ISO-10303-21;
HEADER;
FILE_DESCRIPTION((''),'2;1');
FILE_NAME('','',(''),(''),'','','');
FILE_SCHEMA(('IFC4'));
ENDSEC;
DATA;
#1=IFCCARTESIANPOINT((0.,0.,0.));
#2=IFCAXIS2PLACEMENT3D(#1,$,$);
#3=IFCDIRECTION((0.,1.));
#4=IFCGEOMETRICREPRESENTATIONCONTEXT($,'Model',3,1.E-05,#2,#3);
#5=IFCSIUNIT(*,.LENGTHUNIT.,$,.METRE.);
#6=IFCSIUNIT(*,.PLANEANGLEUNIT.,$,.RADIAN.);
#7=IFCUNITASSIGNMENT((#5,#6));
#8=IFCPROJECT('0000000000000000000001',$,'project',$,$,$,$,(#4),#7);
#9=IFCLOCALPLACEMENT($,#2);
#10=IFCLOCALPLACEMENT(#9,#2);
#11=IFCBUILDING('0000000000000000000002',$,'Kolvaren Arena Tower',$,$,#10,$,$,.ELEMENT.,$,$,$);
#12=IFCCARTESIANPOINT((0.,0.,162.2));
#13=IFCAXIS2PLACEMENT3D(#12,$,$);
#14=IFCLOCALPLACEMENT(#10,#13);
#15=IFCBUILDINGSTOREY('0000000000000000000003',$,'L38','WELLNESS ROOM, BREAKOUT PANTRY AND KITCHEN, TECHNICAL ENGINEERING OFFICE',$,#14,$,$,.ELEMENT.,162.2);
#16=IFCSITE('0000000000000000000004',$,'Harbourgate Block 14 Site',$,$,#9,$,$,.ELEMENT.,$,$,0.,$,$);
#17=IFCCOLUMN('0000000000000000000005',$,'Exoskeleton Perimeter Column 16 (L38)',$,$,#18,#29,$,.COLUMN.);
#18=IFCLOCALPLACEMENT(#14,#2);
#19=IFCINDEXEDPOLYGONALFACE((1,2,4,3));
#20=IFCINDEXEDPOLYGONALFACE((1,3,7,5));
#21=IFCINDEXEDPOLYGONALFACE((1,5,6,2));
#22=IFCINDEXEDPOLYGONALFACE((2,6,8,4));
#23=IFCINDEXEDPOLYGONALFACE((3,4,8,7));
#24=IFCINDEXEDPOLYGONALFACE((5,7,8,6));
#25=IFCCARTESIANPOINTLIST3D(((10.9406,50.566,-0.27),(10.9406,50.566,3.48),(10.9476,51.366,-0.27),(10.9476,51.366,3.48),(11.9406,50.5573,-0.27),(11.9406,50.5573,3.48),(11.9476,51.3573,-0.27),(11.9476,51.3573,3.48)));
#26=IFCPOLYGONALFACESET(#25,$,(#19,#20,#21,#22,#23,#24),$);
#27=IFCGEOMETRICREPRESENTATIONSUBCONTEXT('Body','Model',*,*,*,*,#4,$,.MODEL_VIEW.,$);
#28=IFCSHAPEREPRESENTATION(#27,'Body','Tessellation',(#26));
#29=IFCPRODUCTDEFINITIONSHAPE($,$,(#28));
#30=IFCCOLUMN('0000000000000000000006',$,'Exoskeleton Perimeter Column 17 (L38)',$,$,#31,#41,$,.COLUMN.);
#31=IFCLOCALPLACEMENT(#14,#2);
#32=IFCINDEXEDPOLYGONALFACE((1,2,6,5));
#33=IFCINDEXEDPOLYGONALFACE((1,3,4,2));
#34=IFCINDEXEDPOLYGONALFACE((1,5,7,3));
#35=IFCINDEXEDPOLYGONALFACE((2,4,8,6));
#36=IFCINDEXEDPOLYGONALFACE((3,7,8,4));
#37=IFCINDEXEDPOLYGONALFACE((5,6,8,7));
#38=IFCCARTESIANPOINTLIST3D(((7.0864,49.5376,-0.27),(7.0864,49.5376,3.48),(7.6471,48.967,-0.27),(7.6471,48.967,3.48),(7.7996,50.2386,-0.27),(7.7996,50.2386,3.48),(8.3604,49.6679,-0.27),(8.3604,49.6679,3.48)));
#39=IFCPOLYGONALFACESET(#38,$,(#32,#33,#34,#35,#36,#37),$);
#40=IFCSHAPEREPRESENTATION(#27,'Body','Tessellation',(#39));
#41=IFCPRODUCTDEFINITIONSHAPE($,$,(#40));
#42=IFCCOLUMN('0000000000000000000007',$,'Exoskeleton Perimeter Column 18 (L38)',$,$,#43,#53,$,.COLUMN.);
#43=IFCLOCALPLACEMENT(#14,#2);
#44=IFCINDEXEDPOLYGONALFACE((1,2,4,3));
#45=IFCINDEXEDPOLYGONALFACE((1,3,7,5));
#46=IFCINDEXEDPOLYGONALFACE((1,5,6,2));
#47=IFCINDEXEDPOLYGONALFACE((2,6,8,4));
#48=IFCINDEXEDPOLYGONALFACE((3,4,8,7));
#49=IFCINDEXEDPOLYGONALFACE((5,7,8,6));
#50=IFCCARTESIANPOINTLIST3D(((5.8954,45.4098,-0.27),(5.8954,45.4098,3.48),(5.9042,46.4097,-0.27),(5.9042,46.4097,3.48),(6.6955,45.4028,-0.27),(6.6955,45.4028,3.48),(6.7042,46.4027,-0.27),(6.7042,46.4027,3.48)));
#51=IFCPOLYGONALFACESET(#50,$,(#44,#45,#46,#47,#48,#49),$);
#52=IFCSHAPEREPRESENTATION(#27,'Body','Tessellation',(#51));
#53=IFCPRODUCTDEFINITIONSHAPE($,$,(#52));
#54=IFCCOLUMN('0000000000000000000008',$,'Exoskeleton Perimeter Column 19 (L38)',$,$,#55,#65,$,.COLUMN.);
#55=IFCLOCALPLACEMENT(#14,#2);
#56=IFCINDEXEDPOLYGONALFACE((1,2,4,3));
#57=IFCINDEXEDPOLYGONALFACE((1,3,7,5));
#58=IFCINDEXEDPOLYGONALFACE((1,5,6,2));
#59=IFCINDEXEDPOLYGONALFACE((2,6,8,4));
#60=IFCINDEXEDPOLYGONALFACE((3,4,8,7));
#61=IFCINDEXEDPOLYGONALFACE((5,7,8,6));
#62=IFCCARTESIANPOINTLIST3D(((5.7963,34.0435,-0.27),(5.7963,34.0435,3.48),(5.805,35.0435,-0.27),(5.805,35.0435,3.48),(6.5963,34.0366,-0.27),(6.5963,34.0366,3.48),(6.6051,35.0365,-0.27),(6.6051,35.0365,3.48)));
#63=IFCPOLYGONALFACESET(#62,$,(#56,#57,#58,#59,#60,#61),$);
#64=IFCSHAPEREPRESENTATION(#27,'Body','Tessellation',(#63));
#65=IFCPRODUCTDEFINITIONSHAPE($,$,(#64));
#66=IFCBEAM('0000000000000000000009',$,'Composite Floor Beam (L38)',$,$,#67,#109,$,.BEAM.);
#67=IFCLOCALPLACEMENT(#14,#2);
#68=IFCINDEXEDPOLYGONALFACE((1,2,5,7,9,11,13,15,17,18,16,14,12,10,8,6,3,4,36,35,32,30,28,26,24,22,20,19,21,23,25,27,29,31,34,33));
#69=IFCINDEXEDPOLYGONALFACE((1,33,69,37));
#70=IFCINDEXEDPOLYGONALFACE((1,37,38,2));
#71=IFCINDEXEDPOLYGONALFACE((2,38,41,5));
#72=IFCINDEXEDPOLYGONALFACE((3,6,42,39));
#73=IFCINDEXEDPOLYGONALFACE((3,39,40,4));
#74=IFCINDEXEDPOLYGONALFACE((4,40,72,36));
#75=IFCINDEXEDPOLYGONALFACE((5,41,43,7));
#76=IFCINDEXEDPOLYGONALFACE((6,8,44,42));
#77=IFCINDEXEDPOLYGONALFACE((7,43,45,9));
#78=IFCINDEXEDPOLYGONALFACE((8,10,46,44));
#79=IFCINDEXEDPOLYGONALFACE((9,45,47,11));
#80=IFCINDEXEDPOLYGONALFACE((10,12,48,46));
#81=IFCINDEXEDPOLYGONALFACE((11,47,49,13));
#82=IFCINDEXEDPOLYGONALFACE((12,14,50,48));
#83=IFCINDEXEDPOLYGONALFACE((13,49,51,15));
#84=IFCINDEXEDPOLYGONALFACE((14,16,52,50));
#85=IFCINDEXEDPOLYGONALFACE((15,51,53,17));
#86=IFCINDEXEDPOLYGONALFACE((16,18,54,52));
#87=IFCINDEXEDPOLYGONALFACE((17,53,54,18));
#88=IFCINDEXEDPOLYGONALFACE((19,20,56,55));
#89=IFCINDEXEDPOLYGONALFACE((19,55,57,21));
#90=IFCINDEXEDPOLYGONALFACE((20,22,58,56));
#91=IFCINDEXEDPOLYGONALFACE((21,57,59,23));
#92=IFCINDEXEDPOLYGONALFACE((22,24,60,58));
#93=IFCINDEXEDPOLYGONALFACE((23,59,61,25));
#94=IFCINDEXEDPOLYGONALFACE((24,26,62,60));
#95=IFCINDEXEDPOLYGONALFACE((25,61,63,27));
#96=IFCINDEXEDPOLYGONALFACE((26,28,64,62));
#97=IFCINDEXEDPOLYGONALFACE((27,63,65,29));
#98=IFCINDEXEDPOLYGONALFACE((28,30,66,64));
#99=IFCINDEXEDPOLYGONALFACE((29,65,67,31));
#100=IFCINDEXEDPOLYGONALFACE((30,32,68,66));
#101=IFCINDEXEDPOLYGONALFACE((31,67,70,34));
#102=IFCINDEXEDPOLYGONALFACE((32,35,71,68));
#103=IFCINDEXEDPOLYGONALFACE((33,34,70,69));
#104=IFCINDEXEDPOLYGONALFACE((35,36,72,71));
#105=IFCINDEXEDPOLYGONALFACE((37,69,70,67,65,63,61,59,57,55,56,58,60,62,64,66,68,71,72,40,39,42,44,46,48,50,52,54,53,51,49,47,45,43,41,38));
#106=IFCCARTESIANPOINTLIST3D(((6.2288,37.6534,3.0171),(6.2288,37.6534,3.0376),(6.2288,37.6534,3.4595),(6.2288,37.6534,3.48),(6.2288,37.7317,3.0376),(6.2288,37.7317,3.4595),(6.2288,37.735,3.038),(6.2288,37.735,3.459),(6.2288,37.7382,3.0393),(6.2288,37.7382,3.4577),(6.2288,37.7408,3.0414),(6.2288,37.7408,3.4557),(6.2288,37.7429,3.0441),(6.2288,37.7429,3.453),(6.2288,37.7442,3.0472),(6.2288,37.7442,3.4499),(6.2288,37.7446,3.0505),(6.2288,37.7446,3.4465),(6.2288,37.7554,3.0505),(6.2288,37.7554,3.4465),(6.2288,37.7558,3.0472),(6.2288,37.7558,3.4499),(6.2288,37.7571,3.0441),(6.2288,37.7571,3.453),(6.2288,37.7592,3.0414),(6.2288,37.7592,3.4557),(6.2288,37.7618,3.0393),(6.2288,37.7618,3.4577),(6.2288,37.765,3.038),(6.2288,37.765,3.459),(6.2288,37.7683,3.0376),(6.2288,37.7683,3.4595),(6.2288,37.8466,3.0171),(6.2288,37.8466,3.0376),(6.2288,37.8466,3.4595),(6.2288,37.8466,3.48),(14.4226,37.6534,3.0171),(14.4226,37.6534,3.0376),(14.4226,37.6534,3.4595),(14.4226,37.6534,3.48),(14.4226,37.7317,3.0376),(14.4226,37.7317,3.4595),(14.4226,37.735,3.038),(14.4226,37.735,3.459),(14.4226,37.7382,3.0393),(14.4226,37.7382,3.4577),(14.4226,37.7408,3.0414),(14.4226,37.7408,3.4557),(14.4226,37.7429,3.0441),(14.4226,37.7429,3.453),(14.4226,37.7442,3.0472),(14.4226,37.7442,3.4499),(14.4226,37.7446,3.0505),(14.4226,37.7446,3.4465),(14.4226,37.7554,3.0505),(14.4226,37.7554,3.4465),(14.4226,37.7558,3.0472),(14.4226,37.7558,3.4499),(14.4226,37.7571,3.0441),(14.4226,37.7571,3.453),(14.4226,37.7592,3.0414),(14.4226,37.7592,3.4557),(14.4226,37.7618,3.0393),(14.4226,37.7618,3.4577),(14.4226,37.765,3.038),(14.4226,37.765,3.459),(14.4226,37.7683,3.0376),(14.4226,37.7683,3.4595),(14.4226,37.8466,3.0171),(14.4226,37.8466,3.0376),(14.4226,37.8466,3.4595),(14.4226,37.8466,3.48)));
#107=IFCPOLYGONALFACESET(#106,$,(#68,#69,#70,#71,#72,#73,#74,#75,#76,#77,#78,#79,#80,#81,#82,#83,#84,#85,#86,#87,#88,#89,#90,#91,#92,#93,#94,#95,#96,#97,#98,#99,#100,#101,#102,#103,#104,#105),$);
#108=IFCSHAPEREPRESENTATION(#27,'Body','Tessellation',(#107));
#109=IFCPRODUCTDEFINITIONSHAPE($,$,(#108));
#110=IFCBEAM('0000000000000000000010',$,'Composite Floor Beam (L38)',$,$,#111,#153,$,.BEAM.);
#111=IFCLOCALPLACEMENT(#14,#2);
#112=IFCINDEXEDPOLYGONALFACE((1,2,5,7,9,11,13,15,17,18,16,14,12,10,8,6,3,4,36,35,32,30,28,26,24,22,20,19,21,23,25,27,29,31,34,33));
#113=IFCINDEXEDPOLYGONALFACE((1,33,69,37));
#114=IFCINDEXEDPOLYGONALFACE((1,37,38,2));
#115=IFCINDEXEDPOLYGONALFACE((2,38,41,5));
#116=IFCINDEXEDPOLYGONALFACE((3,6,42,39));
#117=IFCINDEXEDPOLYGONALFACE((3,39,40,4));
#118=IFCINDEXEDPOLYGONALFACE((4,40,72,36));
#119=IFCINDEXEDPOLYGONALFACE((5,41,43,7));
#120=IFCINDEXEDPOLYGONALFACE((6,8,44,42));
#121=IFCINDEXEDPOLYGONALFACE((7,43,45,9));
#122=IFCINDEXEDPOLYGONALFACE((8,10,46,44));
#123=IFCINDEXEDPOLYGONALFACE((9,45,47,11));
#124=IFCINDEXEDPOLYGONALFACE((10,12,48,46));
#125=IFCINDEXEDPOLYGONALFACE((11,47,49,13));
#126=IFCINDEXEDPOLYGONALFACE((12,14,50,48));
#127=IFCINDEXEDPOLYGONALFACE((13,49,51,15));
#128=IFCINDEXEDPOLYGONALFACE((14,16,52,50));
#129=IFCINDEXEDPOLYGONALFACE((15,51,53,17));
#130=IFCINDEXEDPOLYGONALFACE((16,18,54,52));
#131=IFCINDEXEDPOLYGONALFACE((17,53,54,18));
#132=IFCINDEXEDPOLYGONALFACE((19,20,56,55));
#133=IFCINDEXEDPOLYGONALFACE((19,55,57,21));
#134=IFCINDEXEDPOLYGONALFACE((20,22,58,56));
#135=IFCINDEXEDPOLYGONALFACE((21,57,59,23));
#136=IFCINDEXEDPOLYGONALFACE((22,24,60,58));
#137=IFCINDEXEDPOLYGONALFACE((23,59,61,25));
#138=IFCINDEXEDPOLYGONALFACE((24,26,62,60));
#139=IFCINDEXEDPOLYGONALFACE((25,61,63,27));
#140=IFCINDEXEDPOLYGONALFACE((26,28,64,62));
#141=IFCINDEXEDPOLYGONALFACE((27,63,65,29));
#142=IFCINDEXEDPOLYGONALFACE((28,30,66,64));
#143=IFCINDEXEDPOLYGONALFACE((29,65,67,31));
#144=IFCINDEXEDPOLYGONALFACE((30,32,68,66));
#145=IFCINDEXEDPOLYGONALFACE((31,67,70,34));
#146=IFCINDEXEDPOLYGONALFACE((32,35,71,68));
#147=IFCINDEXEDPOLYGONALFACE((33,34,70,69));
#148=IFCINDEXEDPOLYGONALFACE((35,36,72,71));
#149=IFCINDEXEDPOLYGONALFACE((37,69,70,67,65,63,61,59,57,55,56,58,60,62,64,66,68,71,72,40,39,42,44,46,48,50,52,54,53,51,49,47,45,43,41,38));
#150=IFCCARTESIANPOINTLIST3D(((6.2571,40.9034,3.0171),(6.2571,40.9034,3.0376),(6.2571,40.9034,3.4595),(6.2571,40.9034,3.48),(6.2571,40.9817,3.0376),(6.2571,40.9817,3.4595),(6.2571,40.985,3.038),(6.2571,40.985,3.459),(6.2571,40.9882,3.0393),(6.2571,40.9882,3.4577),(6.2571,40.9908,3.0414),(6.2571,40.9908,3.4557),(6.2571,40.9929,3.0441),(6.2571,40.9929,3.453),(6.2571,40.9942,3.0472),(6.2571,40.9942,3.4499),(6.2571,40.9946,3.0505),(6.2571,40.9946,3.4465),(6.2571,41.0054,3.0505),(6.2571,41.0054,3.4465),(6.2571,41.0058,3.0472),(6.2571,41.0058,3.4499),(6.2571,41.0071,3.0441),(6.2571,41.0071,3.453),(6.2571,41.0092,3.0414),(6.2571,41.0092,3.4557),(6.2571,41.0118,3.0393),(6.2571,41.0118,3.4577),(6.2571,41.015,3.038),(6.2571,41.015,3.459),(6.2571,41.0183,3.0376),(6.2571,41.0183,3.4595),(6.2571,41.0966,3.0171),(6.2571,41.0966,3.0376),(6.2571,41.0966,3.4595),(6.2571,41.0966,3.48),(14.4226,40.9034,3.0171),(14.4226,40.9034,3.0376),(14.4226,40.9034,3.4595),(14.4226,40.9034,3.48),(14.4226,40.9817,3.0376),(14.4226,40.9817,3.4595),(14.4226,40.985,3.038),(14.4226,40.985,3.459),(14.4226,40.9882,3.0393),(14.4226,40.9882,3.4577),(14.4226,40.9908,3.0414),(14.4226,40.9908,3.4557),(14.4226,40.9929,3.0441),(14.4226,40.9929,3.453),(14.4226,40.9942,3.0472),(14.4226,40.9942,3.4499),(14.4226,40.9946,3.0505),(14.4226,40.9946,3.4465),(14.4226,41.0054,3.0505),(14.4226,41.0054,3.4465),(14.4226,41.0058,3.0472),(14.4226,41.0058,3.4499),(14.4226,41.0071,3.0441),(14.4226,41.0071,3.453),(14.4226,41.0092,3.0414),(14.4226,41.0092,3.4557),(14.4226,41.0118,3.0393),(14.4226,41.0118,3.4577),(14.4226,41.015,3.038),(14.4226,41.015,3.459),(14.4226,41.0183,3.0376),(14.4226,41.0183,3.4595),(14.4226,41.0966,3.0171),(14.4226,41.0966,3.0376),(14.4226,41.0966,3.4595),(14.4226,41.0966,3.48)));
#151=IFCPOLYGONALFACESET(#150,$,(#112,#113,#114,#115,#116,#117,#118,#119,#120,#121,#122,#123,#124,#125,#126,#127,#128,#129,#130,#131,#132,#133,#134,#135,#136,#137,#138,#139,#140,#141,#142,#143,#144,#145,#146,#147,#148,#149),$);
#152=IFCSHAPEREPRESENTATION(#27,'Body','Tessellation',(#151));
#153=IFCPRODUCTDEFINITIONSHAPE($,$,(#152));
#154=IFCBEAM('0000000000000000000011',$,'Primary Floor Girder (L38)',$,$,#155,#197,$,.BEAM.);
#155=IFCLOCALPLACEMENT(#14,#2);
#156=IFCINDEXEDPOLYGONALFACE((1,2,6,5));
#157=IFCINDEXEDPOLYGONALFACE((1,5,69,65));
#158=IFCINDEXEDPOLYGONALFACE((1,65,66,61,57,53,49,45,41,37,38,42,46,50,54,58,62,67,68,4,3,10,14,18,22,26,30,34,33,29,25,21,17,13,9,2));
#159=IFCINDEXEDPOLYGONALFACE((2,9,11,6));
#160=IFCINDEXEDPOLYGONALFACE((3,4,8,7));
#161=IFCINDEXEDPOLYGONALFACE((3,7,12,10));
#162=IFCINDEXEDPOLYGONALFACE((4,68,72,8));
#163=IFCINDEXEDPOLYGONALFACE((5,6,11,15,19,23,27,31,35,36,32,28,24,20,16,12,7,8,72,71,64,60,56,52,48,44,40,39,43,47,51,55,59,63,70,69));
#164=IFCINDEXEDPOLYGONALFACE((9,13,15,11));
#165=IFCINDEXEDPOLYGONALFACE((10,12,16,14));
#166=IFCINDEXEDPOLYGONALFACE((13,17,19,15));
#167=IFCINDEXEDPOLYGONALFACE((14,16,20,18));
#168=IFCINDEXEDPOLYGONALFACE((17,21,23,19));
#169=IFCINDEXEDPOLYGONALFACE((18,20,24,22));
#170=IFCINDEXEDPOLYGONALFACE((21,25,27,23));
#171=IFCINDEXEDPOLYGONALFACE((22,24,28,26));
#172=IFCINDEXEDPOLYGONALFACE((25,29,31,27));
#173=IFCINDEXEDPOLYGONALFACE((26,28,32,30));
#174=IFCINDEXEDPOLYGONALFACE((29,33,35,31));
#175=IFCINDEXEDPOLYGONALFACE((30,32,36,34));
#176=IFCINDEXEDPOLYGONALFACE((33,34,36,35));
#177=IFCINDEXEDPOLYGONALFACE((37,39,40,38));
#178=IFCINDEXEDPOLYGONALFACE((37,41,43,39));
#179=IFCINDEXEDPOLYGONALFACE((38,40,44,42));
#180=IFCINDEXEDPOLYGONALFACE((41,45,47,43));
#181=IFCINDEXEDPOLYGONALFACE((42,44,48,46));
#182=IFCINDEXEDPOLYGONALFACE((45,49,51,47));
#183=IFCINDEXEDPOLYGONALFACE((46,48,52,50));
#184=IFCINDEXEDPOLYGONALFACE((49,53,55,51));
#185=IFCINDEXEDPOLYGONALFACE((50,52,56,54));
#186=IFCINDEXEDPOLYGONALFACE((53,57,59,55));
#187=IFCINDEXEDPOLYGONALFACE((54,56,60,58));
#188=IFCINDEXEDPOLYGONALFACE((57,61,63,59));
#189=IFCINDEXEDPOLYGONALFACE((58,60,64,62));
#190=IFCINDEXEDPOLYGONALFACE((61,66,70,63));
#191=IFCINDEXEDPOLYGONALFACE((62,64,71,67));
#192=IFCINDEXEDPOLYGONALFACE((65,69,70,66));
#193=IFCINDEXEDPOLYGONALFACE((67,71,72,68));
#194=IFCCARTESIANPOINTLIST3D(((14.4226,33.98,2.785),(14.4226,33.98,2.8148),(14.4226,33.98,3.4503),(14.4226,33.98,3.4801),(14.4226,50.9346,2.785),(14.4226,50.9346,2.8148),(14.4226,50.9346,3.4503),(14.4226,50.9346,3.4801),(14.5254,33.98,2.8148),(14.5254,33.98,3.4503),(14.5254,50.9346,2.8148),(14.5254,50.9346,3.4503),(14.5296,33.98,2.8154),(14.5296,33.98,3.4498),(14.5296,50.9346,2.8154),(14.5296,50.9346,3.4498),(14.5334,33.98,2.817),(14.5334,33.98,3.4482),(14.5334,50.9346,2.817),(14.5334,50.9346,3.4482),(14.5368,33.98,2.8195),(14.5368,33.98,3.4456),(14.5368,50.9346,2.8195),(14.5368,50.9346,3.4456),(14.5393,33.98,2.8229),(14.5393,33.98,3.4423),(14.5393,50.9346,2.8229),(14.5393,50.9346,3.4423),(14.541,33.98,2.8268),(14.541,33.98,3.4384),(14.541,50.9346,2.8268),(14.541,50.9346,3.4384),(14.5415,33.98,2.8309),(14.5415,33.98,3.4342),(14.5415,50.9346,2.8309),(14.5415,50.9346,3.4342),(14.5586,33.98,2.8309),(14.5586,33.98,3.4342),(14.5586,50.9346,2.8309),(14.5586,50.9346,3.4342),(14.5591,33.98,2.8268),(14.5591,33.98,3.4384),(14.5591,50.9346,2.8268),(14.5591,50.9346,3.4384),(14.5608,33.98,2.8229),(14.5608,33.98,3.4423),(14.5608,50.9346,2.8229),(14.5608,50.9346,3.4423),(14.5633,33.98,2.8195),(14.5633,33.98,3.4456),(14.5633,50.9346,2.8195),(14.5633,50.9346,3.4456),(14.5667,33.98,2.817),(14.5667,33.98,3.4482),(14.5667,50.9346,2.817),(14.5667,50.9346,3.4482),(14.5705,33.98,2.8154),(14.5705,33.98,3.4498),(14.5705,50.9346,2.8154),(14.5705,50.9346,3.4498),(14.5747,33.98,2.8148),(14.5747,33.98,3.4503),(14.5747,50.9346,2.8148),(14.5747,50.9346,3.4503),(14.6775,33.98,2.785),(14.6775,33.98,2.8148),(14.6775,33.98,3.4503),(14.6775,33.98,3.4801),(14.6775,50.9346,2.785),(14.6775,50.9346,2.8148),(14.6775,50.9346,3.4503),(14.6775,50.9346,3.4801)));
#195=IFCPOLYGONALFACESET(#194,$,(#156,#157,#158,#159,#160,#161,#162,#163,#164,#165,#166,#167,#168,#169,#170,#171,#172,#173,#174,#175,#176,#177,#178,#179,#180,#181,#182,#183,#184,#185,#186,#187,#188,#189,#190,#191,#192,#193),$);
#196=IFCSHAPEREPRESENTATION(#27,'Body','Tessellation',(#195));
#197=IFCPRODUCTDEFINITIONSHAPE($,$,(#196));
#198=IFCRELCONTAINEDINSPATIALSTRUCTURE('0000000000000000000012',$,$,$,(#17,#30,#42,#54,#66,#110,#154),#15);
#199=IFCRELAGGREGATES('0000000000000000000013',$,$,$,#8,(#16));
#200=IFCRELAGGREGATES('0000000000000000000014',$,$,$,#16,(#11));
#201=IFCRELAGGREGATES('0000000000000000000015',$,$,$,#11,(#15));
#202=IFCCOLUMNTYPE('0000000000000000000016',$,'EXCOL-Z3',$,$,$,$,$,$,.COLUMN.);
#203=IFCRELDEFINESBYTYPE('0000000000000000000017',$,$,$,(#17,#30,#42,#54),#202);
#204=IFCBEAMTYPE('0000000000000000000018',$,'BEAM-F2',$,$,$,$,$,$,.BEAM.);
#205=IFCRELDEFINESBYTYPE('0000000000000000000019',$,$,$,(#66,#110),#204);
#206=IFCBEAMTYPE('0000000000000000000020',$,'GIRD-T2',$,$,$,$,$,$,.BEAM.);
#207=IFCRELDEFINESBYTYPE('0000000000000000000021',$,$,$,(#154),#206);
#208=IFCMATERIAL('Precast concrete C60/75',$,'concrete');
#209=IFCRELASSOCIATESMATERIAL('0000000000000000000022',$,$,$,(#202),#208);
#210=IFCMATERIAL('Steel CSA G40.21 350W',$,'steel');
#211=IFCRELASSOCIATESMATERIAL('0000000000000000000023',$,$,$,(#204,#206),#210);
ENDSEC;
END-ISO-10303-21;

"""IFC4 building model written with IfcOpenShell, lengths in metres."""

from ifc_helpers import new_model, si_unit, direction, frame, origin, origin_2d, place, context, subcontext, project, spatial, rectangle, i_section, extrude, material, material_profile, profile_set, type_object, element, save


model = new_model("IFC4")

# Units and contexts
model_context = context("Model", 3, precision=1e-05, world=origin(), true_north=direction((0.0, 1.0)))
body_context = subcontext(model_context, "Body", "Model", "MODEL_VIEW")
ifc_project = project(units=[si_unit("LENGTHUNIT", "METRE"), si_unit("PLANEANGLEUNIT", "RADIAN")], contexts=[model_context])

# Site, building, storey
site_placement = place(None, origin())
site = spatial("IfcSite", under=ifc_project, at=site_placement, Name="Harbourgate Block 14 Site", CompositionType="ELEMENT", RefElevation=0.0)
building_placement = place(site_placement, origin())
building = spatial("IfcBuilding", under=site, at=building_placement, Name="Kolvaren Arena Tower", CompositionType="ELEMENT")
storey_placement = place(building_placement, frame((0.0, 0.0, 162.2)))
storey = spatial("IfcBuildingStorey", under=building, at=storey_placement, Name="L38", Description="WELLNESS ROOM, BREAKOUT PANTRY AND KITCHEN, TECHNICAL ENGINEERING OFFICE", CompositionType="ELEMENT", Elevation=162.2)

# Columns
ifc_material_1 = material(Name="Precast concrete C60/75", Category="concrete")
ifc_material_profile_1 = material_profile(ifc_material_1, rectangle(XDim=1.0, YDim=0.8, at=origin_2d()), Name="RC-1000x800")
ifc_profile_set_1 = profile_set([ifc_material_profile_1], Name="Precast concrete C60/75")
column_type = type_object("IfcColumnType", Name="EXCOL-Z3", PredefinedType="COLUMN", material=ifc_profile_set_1)
for number, where, z_axis, x_axis, name in (
    (1, (11.4441, 50.9617, -0.27), (0.0, 0.0, 1.0), (0.999962, -0.008727, 0.0), "Exoskeleton Perimeter Column 16 (L38)"),
    (2, (7.7234, 49.6028, -0.27), (0.0, 0.0, 1.0), (0.71325, 0.700909, 0.0), "Exoskeleton Perimeter Column 17 (L38)"),
    (3, (6.2998, 45.9062, -0.27), (0.0, 0.0, 1.0), (0.008727, 0.999962, 0.0), "Exoskeleton Perimeter Column 18 (L38)"),
    (4, (6.2007, 34.54, -0.27), (0.0, 0.0, 1.0), (0.008727, 0.999962, 0.0), "Exoskeleton Perimeter Column 19 (L38)"),
):
    element("IfcColumn", number, at=place(storey_placement, frame(where, z_axis=z_axis, x_axis=x_axis)), inside=storey, type_object=column_type, Name=name, PredefinedType="COLUMN", context=body_context, shape_type="SweptSolid", body=[
        extrude(rectangle(XDim=1.0, YDim=0.8, at=origin_2d()), origin(), (0.0, 0.0, 1.0), 3.75),
    ])

# Beams
ifc_material_2 = material(Name="Steel CSA G40.21 350W", Category="steel")
ifc_material_profile_2 = material_profile(ifc_material_2, i_section(OverallWidth=0.1931, OverallDepth=0.4629, WebThickness=0.0107, FlangeThickness=0.0205, FilletRadius=0.0129, at=origin_2d()), Name="W460x113")
ifc_profile_set_2 = profile_set([ifc_material_profile_2], Name="Steel CSA G40.21 350W")
beam_type_1 = type_object("IfcBeamType", Name="BEAM-F2", PredefinedType="BEAM", material=ifc_profile_set_2)
beam_1_placement = place(storey_placement, frame((6.2288, 37.75, 3.2485), z_axis=(1.0, 0.0, 0.0), x_axis=(0.0, 1.0, 0.0)))
element("IfcBeam", 5, at=beam_1_placement, inside=storey, type_object=beam_type_1, Name="Composite Floor Beam (L38)", PredefinedType="BEAM", context=body_context, shape_type="SweptSolid", body=[
    extrude(i_section(OverallWidth=0.1931, OverallDepth=0.4629, WebThickness=0.0107, FlangeThickness=0.0205, FilletRadius=0.0129, at=origin_2d()), origin(), (0.0, 0.0, 1.0), 8.1938),
])
beam_2_placement = place(storey_placement, frame((6.2571, 41.0, 3.2485), z_axis=(1.0, 0.0, 0.0), x_axis=(0.0, 1.0, 0.0)))
element("IfcBeam", 6, at=beam_2_placement, inside=storey, type_object=beam_type_1, Name="Composite Floor Beam (L38)", PredefinedType="BEAM", context=body_context, shape_type="SweptSolid", body=[
    extrude(i_section(OverallWidth=0.1931, OverallDepth=0.4629, WebThickness=0.0107, FlangeThickness=0.0205, FilletRadius=0.0129, at=origin_2d()), origin(), (0.0, 0.0, 1.0), 8.1655),
])
ifc_material_profile_3 = material_profile(ifc_material_2, i_section(OverallWidth=0.2549, OverallDepth=0.6951, WebThickness=0.0171, FlangeThickness=0.0298, FilletRadius=0.0161, at=origin_2d()), Name="W690x217")
ifc_profile_set_3 = profile_set([ifc_material_profile_3], Name="Steel CSA G40.21 350W")
beam_type_2 = type_object("IfcBeamType", Name="GIRD-T2", PredefinedType="BEAM", material=ifc_profile_set_3)
beam_3_placement = place(storey_placement, frame((14.55, 33.98, 3.1326), z_axis=(0.0, 1.0, 0.0), x_axis=(-1.0, 0.0, 0.0)))
element("IfcBeam", 7, at=beam_3_placement, inside=storey, type_object=beam_type_2, Name="Primary Floor Girder (L38)", PredefinedType="BEAM", context=body_context, shape_type="SweptSolid", body=[
    extrude(i_section(OverallWidth=0.2549, OverallDepth=0.6951, WebThickness=0.0171, FlangeThickness=0.0298, FilletRadius=0.0161, at=origin_2d()), origin(), (0.0, 0.0, 1.0), 16.9546),
])

save(model, "model.ifc")
